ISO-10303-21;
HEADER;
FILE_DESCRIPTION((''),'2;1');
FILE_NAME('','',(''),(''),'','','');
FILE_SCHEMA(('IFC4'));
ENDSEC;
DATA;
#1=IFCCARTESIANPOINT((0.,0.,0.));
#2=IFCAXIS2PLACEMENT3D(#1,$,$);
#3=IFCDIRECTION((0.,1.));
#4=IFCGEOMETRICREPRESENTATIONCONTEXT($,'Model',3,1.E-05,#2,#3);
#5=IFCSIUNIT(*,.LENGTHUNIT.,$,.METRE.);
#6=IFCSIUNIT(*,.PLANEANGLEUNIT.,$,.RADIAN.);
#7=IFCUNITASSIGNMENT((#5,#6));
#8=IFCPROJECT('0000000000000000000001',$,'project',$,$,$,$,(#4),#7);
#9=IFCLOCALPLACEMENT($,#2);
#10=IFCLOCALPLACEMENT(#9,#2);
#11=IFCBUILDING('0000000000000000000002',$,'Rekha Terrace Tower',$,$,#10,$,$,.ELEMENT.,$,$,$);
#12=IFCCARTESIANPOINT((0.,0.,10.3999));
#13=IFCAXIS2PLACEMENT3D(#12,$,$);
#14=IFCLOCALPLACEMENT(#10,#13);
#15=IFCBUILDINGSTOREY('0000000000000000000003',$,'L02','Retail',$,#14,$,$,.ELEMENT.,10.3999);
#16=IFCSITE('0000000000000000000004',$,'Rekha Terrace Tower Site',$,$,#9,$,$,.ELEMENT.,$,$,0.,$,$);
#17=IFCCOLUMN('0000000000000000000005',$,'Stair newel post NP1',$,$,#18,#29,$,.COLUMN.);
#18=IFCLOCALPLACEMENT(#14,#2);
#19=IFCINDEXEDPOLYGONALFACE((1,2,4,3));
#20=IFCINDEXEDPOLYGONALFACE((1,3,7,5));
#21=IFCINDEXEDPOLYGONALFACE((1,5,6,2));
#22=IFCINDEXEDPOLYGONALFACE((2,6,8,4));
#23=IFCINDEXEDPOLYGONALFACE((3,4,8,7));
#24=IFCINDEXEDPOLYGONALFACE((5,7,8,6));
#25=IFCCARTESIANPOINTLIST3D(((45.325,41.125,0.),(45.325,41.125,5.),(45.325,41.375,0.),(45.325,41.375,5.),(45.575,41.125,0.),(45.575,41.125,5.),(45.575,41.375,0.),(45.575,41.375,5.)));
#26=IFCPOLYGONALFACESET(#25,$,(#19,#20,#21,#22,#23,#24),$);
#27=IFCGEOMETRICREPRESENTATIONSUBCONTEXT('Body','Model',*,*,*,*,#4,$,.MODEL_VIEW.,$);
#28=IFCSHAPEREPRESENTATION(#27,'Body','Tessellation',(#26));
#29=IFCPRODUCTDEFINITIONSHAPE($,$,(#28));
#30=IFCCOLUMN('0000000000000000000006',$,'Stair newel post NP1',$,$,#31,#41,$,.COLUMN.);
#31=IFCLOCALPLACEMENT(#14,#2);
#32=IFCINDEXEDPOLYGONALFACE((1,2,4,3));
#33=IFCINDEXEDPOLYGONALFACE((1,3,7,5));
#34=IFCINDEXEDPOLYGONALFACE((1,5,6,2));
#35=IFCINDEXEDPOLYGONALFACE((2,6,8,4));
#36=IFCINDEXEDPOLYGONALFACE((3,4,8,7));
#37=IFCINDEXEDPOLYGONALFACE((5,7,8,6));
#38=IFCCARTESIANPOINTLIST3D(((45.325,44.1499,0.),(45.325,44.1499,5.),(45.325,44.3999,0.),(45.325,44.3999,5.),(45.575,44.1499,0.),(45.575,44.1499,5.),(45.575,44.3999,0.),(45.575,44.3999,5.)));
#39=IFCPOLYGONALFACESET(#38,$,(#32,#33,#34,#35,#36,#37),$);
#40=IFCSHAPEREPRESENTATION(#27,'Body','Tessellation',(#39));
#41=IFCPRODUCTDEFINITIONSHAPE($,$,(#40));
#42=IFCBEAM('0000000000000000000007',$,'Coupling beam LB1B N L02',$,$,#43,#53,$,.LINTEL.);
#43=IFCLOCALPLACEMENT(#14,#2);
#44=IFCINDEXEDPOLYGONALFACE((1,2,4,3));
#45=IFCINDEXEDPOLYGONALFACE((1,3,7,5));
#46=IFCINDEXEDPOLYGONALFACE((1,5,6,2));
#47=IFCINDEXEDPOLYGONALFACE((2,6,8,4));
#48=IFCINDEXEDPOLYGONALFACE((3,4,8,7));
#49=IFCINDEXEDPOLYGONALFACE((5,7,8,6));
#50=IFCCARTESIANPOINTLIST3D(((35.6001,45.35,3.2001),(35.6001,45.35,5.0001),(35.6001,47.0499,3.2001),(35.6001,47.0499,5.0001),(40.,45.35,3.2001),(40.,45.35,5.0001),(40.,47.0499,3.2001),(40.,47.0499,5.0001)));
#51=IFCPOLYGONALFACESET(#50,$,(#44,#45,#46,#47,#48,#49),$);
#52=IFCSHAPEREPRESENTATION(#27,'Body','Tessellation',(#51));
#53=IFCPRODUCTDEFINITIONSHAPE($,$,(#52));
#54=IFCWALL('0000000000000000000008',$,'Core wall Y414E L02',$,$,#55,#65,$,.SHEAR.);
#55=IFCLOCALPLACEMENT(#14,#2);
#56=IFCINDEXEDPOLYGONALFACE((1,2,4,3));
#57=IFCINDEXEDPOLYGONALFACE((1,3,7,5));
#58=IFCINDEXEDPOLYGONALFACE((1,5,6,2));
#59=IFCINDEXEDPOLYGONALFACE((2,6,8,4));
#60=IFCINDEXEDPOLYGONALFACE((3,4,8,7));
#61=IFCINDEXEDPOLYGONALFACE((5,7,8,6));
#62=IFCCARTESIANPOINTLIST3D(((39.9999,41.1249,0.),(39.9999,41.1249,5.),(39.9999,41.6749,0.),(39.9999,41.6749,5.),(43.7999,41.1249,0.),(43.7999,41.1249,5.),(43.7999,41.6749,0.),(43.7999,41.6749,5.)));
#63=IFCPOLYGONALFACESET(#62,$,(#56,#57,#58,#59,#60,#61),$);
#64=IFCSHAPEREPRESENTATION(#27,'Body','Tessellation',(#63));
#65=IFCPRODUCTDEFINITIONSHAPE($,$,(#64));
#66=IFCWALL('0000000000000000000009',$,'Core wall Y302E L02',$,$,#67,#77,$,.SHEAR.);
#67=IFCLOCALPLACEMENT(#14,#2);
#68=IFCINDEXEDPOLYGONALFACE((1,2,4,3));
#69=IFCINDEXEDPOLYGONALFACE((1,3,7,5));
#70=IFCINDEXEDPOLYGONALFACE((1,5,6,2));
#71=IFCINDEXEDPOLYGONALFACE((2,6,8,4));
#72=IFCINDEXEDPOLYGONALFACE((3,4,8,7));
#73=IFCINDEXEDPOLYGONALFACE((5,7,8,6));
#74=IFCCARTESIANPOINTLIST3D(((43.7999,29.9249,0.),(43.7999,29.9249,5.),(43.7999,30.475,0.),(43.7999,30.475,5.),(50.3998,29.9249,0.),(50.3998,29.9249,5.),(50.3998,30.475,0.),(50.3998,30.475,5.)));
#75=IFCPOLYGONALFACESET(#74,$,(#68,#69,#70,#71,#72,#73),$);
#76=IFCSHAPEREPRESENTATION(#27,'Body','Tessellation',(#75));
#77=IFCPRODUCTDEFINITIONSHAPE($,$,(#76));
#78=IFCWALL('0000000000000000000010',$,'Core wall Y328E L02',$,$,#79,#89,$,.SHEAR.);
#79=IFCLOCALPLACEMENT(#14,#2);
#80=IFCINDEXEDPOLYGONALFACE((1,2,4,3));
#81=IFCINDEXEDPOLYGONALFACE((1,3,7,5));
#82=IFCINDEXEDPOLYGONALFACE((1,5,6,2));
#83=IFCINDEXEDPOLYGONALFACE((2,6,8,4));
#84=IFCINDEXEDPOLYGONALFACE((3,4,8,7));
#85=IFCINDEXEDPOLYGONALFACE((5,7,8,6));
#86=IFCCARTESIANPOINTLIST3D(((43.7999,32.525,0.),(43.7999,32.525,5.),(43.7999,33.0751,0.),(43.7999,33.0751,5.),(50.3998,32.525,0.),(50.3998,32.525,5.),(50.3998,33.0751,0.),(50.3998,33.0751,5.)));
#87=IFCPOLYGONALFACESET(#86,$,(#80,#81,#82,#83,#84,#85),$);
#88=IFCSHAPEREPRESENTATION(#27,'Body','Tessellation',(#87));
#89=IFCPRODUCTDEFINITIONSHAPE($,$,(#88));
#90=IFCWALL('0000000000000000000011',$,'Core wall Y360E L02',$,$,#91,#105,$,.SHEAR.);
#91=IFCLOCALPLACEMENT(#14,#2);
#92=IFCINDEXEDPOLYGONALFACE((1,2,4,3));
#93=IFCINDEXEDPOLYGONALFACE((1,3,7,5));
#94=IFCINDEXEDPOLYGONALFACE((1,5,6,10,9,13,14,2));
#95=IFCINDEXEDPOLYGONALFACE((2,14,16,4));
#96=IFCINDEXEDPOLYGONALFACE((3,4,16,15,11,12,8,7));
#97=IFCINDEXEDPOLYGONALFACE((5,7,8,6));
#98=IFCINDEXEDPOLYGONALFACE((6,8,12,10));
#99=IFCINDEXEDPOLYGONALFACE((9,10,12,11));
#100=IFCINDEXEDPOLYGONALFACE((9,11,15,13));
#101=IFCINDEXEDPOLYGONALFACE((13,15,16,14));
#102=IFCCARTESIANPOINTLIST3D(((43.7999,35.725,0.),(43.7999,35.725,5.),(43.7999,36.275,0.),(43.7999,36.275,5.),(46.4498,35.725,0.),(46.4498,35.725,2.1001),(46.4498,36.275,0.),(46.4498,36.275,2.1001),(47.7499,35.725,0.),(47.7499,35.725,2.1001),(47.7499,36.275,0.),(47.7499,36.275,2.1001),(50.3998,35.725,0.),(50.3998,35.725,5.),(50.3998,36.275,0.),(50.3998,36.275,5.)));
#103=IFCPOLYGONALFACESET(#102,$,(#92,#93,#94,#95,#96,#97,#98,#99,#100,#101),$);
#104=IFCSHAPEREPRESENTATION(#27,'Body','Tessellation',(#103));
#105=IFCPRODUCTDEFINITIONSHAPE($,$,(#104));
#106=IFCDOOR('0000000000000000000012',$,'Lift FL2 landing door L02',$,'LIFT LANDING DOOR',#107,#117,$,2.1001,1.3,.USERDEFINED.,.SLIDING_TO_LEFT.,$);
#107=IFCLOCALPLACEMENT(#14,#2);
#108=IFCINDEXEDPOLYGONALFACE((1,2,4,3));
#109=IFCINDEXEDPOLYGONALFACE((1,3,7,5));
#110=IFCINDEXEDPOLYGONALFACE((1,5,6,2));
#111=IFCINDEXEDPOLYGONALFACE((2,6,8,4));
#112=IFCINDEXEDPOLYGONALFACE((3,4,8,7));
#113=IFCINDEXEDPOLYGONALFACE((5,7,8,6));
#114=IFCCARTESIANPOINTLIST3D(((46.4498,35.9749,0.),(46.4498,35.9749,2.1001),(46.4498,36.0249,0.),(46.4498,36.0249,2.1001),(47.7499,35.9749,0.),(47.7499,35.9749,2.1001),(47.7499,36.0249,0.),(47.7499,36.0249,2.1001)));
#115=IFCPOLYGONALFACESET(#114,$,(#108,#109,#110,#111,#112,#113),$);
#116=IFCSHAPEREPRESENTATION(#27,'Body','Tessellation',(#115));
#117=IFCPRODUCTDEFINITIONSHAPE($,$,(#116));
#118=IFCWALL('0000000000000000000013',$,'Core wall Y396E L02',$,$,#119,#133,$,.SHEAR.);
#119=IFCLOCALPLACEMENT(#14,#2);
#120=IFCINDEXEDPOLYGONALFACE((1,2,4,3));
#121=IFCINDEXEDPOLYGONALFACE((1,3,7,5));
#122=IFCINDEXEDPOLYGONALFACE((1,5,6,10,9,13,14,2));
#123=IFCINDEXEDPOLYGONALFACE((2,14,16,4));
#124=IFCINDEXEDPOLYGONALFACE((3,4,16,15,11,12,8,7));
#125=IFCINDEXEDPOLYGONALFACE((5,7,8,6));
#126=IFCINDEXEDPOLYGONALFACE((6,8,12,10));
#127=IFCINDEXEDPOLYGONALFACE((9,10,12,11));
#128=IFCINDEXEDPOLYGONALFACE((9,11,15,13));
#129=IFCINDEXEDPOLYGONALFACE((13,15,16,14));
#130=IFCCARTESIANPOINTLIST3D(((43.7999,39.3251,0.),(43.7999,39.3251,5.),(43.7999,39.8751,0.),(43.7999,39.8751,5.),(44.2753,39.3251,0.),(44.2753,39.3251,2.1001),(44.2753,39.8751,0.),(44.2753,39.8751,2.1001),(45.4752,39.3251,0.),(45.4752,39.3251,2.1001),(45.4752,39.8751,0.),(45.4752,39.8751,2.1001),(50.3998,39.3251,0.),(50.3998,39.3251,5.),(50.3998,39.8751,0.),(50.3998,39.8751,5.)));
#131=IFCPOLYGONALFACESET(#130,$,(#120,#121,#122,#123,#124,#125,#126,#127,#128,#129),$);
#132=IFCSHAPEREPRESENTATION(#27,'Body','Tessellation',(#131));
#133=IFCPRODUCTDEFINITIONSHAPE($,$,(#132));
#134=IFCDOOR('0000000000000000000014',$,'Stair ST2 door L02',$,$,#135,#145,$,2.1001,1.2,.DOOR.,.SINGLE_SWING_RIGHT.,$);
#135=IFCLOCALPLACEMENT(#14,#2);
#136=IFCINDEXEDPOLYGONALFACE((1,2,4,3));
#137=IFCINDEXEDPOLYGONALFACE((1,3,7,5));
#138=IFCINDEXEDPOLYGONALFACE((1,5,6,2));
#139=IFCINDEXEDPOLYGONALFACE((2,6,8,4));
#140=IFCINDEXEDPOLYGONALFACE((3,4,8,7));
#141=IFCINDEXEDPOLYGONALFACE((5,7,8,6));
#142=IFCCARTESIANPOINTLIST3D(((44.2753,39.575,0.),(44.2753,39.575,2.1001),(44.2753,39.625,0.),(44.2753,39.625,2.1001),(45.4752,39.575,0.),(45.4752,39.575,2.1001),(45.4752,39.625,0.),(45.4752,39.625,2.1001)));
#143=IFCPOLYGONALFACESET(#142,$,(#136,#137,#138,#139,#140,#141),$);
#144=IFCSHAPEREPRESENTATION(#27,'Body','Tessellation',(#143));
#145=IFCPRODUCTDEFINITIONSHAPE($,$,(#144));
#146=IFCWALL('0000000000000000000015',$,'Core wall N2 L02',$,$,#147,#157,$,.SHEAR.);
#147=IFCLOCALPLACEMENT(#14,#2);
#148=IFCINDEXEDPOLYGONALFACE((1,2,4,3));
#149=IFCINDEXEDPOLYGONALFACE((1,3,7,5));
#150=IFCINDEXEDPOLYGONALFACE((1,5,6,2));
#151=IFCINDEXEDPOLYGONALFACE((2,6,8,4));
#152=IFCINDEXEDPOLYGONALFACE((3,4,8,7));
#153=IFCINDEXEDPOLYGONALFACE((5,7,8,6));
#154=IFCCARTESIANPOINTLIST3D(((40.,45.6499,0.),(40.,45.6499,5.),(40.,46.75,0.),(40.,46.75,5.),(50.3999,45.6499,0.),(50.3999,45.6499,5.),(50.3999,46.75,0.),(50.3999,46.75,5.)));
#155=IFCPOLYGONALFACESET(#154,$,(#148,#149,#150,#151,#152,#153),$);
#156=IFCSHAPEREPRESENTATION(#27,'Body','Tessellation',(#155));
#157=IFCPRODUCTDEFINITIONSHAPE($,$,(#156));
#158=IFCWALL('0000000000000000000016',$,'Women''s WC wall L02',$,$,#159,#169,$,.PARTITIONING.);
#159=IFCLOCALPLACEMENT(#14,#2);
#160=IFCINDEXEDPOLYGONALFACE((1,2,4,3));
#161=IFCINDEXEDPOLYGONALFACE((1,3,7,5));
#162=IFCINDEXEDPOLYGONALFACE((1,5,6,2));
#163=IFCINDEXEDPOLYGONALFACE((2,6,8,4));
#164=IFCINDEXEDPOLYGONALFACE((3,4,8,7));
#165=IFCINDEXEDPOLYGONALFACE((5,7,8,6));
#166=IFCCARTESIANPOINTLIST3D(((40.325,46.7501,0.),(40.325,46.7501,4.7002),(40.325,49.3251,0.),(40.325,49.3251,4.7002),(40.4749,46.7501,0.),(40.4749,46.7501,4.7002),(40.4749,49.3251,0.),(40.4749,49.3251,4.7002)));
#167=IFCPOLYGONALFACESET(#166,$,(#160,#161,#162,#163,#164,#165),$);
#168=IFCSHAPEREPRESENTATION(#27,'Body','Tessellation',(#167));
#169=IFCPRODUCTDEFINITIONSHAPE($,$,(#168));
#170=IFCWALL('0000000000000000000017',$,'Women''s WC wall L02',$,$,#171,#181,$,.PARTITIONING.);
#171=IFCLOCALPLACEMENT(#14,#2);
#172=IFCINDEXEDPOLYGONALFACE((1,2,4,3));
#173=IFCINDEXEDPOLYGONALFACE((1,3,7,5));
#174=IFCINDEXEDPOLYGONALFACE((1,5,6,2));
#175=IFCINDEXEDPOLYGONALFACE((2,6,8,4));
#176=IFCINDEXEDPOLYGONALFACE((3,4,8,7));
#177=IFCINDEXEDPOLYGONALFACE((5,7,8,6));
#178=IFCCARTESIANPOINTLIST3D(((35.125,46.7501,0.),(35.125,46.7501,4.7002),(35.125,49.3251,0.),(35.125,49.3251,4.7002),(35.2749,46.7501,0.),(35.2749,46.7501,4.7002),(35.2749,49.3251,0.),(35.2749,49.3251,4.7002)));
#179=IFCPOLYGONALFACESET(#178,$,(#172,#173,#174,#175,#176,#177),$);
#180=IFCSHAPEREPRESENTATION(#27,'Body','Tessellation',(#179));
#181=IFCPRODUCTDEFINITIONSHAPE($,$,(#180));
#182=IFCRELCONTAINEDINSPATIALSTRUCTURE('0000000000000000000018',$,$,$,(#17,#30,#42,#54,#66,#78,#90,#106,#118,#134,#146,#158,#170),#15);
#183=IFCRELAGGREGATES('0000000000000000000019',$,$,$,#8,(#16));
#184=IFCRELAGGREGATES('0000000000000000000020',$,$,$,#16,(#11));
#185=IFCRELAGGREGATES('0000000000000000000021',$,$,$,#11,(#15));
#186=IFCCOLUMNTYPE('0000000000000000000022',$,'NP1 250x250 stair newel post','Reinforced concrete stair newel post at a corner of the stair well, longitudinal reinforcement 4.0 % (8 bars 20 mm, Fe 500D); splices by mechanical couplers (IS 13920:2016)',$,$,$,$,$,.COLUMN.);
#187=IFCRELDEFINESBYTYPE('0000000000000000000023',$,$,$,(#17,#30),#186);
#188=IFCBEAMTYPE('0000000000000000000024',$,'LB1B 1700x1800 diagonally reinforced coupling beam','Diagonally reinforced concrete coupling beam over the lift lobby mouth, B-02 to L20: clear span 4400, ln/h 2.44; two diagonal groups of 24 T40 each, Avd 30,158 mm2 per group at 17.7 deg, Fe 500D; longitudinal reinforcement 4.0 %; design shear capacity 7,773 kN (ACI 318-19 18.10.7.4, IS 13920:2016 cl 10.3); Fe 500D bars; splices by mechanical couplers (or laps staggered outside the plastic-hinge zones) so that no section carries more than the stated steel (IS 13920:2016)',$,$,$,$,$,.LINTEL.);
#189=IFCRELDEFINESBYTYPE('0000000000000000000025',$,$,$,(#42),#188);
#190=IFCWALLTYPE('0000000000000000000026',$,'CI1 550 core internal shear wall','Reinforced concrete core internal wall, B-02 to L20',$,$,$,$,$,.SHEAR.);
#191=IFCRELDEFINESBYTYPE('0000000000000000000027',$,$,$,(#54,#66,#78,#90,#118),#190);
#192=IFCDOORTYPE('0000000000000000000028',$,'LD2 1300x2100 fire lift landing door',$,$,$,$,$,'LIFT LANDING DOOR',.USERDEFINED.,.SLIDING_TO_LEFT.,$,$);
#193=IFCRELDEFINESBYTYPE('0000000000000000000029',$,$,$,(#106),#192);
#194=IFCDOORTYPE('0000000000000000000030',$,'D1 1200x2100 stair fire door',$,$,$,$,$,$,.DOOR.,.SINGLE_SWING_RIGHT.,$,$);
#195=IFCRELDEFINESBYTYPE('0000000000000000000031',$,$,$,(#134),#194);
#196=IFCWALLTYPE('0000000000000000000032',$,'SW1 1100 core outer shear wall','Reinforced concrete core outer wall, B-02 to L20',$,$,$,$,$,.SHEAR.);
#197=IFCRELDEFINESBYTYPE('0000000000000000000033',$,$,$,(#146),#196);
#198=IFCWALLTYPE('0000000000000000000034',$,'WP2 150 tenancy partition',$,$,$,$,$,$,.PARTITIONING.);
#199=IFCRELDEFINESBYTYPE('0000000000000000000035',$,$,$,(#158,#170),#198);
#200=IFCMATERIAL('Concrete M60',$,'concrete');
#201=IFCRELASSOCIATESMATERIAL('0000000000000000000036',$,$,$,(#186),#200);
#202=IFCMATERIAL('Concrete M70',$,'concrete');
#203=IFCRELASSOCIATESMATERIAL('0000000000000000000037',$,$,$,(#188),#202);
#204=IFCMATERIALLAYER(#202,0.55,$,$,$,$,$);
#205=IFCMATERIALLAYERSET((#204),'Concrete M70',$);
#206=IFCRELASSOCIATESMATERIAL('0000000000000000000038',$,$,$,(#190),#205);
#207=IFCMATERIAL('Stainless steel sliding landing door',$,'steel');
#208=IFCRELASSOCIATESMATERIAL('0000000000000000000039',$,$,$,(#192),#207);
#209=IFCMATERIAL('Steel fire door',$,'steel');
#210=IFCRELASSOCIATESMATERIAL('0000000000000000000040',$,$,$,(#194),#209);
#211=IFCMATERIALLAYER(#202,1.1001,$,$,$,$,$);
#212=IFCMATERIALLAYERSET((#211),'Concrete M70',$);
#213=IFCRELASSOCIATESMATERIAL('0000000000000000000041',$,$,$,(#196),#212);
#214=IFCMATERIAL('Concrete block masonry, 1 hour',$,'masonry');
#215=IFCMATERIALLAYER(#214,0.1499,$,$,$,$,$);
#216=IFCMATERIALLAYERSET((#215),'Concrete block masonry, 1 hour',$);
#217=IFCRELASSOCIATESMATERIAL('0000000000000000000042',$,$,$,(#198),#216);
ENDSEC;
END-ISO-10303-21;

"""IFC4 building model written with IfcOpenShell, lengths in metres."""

from ifc_helpers import new_model, si_unit, direction, frame, frame_2d, origin, origin_2d, place, context, subcontext, project, spatial, rectangle, extrude, material, layer, layer_set, material_profile, profile_set, type_object, element, fill, save


model = new_model("IFC4")

# Units and contexts
model_context = context("Model", 3, precision=1e-05, world=origin(), true_north=direction((0.0, 1.0)))
body_context = subcontext(model_context, "Body", "Model", "MODEL_VIEW")
ifc_project = project(units=[si_unit("LENGTHUNIT", "METRE"), si_unit("PLANEANGLEUNIT", "RADIAN")], contexts=[model_context])

# Site, building, storey
site_placement = place(None, origin())
site = spatial("IfcSite", under=ifc_project, at=site_placement, Name="Rekha Terrace Tower Site", CompositionType="ELEMENT", RefElevation=0.0)
building_placement = place(site_placement, origin())
building = spatial("IfcBuilding", under=site, at=building_placement, Name="Rekha Terrace Tower", CompositionType="ELEMENT")
storey_placement = place(building_placement, frame((0.0, 0.0, 10.3999)))
storey = spatial("IfcBuildingStorey", under=building, at=storey_placement, Name="L02", Description="Retail", CompositionType="ELEMENT", Elevation=10.3999)

# Columns
ifc_material_1 = material(Name="Concrete M60", Category="concrete")
ifc_material_profile_1 = material_profile(ifc_material_1, rectangle(XDim=0.25, YDim=0.25, at=origin_2d()), Name="RC 250x250")
ifc_profile_set_1 = profile_set([ifc_material_profile_1], Name="Concrete M60")
column_type = type_object("IfcColumnType", Name="NP1 250x250 stair newel post", Description="Reinforced concrete stair newel post at a corner of the stair well, longitudinal reinforcement 4.0 % (8 bars 20 mm, Fe 500D); splices by mechanical couplers (IS 13920:2016)", PredefinedType="COLUMN", material=ifc_profile_set_1)
for number, where, z_axis, x_axis, name in (
    (1, (45.45, 41.25, 0.0), (0.0, 0.0, 1.0), (1.0, 0.0, 0.0), "Stair newel post NP1"),
    (2, (45.45, 44.2749, 0.0), (0.0, 0.0, 1.0), (1.0, 0.0, 0.0), "Stair newel post NP1"),
):
    element("IfcColumn", number, at=place(storey_placement, frame(where, z_axis=z_axis, x_axis=x_axis)), inside=storey, type_object=column_type, Name=name, PredefinedType="COLUMN", context=body_context, shape_type="SweptSolid", body=[
        extrude(rectangle(XDim=0.25, YDim=0.25, at=origin_2d()), origin(), (0.0, 0.0, 1.0), 5.0),
    ])

# Beam
ifc_material_2 = material(Name="Concrete M70", Category="concrete")
ifc_material_profile_2 = material_profile(ifc_material_2, rectangle(XDim=1.7, YDim=1.8, at=origin_2d()), Name="RC 1700x1800")
ifc_profile_set_2 = profile_set([ifc_material_profile_2], Name="Concrete M70")
beam_type = type_object("IfcBeamType", Name="LB1B 1700x1800 diagonally reinforced coupling beam", Description="Diagonally reinforced concrete coupling beam over the lift lobby mouth, B-02 to L20: clear span 4400, ln/h 2.44; two diagonal groups of 24 T40 each, Avd 30,158 mm2 per group at 17.7 deg, Fe 500D; longitudinal reinforcement 4.0 %; design shear capacity 7,773 kN (ACI 318-19 18.10.7.4, IS 13920:2016 cl 10.3); Fe 500D bars; splices by mechanical couplers (or laps staggered outside the plastic-hinge zones) so that no section carries more than the stated steel (IS 13920:2016)", PredefinedType="LINTEL", material=ifc_profile_set_2)
beam_placement = place(storey_placement, frame((35.6001, 46.2, 4.1001), z_axis=(1.0, 0.0, 0.0), x_axis=(0.0, 1.0, 0.0)))
element("IfcBeam", 3, at=beam_placement, inside=storey, type_object=beam_type, Name="Coupling beam LB1B N L02", PredefinedType="LINTEL", context=body_context, shape_type="SweptSolid", body=[
    extrude(rectangle(XDim=1.7, YDim=1.8, at=origin_2d()), origin(), (0.0, 0.0, 1.0), 4.3999),
])

# Walls
ifc_layer_1 = layer(ifc_material_2, 0.55)
ifc_layer_set_1 = layer_set([ifc_layer_1], Name="Concrete M70")
wall_type_1 = type_object("IfcWallType", Name="CI1 550 core internal shear wall", Description="Reinforced concrete core internal wall, B-02 to L20", PredefinedType="SHEAR", material=ifc_layer_set_1)
wall_1_placement = place(storey_placement, frame((40.0, 41.3999, 0.0), z_axis=(0.0, 0.0, 1.0), x_axis=(1.0, 0.0, 0.0)))
element("IfcWall", 4, at=wall_1_placement, inside=storey, type_object=wall_type_1, Name="Core wall Y414E L02", PredefinedType="SHEAR", context=body_context, shape_type="SweptSolid", body=[
    extrude(rectangle(XDim=3.8, YDim=0.55, at=frame_2d((1.8999, 0.0))), origin(), (0.0, 0.0, 1.0), 5.0),
])
for number, where, z_axis, x_axis, name in (
    (5, (43.8, 30.2, 0.0), (0.0, 0.0, 1.0), (1.0, 0.0, 0.0), "Core wall Y302E L02"),
    (6, (43.8, 32.8, 0.0), (0.0, 0.0, 1.0), (1.0, 0.0, 0.0), "Core wall Y328E L02"),
):
    element("IfcWall", number, at=place(storey_placement, frame(where, z_axis=z_axis, x_axis=x_axis)), inside=storey, type_object=wall_type_1, Name=name, PredefinedType="SHEAR", context=body_context, shape_type="SweptSolid", body=[
        extrude(rectangle(XDim=6.5999, YDim=0.55, at=frame_2d((3.2998, 0.0))), origin(), (0.0, 0.0, 1.0), 5.0),
    ])

# Walls, openings, doors
wall_2_placement = place(storey_placement, frame((43.8, 36.0, 0.0), z_axis=(0.0, 0.0, 1.0), x_axis=(1.0, 0.0, 0.0)))
wall_2 = element("IfcWall", 7, at=wall_2_placement, inside=storey, type_object=wall_type_1, Name="Core wall Y360E L02", PredefinedType="SHEAR", context=body_context, shape_type="SweptSolid", body=[
    extrude(rectangle(XDim=6.5999, YDim=0.55, at=frame_2d((3.2998, 0.0))), origin(), (0.0, 0.0, 1.0), 5.0),
])
opening_1_placement = place(wall_2_placement, frame((2.6499, 0.0, 0.0)))
opening_1 = element("IfcOpeningElement", 8, at=opening_1_placement, cuts=wall_2, PredefinedType="OPENING", context=body_context, shape_type="SweptSolid", body=[
    extrude(rectangle(XDim=1.3, YDim=2.1001, at=frame_2d((0.6499, 1.05))), frame((0.0, 0.2849, 0.0), z_axis=(0.0, -1.0, 0.0), x_axis=(1.0, 0.0, 0.0)), (0.0, 0.0, 1.0), 0.5701),
])
ifc_material_3 = material(Name="Stainless steel sliding landing door", Category="steel")
door_type_1 = type_object("IfcDoorType", Name="LD2 1300x2100 fire lift landing door", ElementType="LIFT LANDING DOOR", OperationType="SLIDING_TO_LEFT", PredefinedType="USERDEFINED", material=ifc_material_3)
door_1_placement = place(opening_1_placement, origin())
door_1 = element("IfcDoor", 9, at=door_1_placement, inside=storey, type_object=door_type_1, Name="Lift FL2 landing door L02", ObjectType="LIFT LANDING DOOR", OperationType="SLIDING_TO_LEFT", OverallHeight=2.1001, OverallWidth=1.3, PredefinedType="USERDEFINED", context=body_context, shape_type="SweptSolid", body=[
    extrude(rectangle(XDim=1.3, YDim=2.1001, at=frame_2d((0.6499, 1.05))), frame((0.0, 0.0249, 0.0), z_axis=(0.0, -1.0, 0.0), x_axis=(1.0, 0.0, 0.0)), (0.0, 0.0, 1.0), 0.05),
])
fill(opening_1, door_1)
wall_3_placement = place(storey_placement, frame((43.8, 39.6001, 0.0), z_axis=(0.0, 0.0, 1.0), x_axis=(1.0, 0.0, 0.0)))
wall_3 = element("IfcWall", 10, at=wall_3_placement, inside=storey, type_object=wall_type_1, Name="Core wall Y396E L02", PredefinedType="SHEAR", context=body_context, shape_type="SweptSolid", body=[
    extrude(rectangle(XDim=6.5999, YDim=0.55, at=frame_2d((3.2998, 0.0))), origin(), (0.0, 0.0, 1.0), 5.0),
])
opening_2_placement = place(wall_3_placement, frame((0.4751, 0.0, 0.0)))
opening_2 = element("IfcOpeningElement", 11, at=opening_2_placement, cuts=wall_3, PredefinedType="OPENING", context=body_context, shape_type="SweptSolid", body=[
    extrude(rectangle(XDim=1.2, YDim=2.1001, at=frame_2d((0.6001, 1.05))), frame((0.0, 0.2849, 0.0), z_axis=(0.0, -1.0, 0.0), x_axis=(1.0, 0.0, 0.0)), (0.0, 0.0, 1.0), 0.5701),
])
ifc_material_4 = material(Name="Steel fire door", Category="steel")
door_type_2 = type_object("IfcDoorType", Name="D1 1200x2100 stair fire door", OperationType="SINGLE_SWING_RIGHT", PredefinedType="DOOR", material=ifc_material_4)
door_2_placement = place(opening_2_placement, origin())
door_2 = element("IfcDoor", 12, at=door_2_placement, inside=storey, type_object=door_type_2, Name="Stair ST2 door L02", OperationType="SINGLE_SWING_RIGHT", OverallHeight=2.1001, OverallWidth=1.2, PredefinedType="DOOR", context=body_context, shape_type="SweptSolid", body=[
    extrude(rectangle(XDim=1.2, YDim=2.1001, at=frame_2d((0.6001, 1.05))), frame((0.0, 0.0249, 0.0), z_axis=(0.0, -1.0, 0.0), x_axis=(1.0, 0.0, 0.0)), (0.0, 0.0, 1.0), 0.05),
])
fill(opening_2, door_2)

# Walls
ifc_layer_2 = layer(ifc_material_2, 1.1001)
ifc_layer_set_2 = layer_set([ifc_layer_2], Name="Concrete M70")
wall_type_2 = type_object("IfcWallType", Name="SW1 1100 core outer shear wall", Description="Reinforced concrete core outer wall, B-02 to L20", PredefinedType="SHEAR", material=ifc_layer_set_2)
wall_4_placement = place(storey_placement, frame((40.0, 46.2, 0.0), z_axis=(0.0, 0.0, 1.0), x_axis=(1.0, 0.0, 0.0)))
element("IfcWall", 13, at=wall_4_placement, inside=storey, type_object=wall_type_2, Name="Core wall N2 L02", PredefinedType="SHEAR", context=body_context, shape_type="SweptSolid", body=[
    extrude(rectangle(XDim=10.3999, YDim=1.1001, at=frame_2d((5.2, 0.0))), origin(), (0.0, 0.0, 1.0), 5.0),
])
ifc_material_5 = material(Name="Concrete block masonry, 1 hour", Category="masonry")
ifc_layer_3 = layer(ifc_material_5, 0.1499)
ifc_layer_set_3 = layer_set([ifc_layer_3], Name="Concrete block masonry, 1 hour")
wall_type_3 = type_object("IfcWallType", Name="WP2 150 tenancy partition", PredefinedType="PARTITIONING", material=ifc_layer_set_3)
for number, where, z_axis, x_axis, name in (
    (14, (40.3999, 46.75, 0.0), (0.0, 0.0, 1.0), (0.0, 1.0, 0.0), "Women's WC wall L02"),
    (15, (35.2, 46.75, 0.0), (0.0, 0.0, 1.0), (0.0, 1.0, 0.0), "Women's WC wall L02"),
):
    element("IfcWall", number, at=place(storey_placement, frame(where, z_axis=z_axis, x_axis=x_axis)), inside=storey, type_object=wall_type_3, Name=name, PredefinedType="PARTITIONING", context=body_context, shape_type="SweptSolid", body=[
        extrude(rectangle(XDim=2.575, YDim=0.1499, at=frame_2d((1.2876, 0.0))), origin(), (0.0, 0.0, 1.0), 4.7002),
    ])

save(model, "model.ifc")
